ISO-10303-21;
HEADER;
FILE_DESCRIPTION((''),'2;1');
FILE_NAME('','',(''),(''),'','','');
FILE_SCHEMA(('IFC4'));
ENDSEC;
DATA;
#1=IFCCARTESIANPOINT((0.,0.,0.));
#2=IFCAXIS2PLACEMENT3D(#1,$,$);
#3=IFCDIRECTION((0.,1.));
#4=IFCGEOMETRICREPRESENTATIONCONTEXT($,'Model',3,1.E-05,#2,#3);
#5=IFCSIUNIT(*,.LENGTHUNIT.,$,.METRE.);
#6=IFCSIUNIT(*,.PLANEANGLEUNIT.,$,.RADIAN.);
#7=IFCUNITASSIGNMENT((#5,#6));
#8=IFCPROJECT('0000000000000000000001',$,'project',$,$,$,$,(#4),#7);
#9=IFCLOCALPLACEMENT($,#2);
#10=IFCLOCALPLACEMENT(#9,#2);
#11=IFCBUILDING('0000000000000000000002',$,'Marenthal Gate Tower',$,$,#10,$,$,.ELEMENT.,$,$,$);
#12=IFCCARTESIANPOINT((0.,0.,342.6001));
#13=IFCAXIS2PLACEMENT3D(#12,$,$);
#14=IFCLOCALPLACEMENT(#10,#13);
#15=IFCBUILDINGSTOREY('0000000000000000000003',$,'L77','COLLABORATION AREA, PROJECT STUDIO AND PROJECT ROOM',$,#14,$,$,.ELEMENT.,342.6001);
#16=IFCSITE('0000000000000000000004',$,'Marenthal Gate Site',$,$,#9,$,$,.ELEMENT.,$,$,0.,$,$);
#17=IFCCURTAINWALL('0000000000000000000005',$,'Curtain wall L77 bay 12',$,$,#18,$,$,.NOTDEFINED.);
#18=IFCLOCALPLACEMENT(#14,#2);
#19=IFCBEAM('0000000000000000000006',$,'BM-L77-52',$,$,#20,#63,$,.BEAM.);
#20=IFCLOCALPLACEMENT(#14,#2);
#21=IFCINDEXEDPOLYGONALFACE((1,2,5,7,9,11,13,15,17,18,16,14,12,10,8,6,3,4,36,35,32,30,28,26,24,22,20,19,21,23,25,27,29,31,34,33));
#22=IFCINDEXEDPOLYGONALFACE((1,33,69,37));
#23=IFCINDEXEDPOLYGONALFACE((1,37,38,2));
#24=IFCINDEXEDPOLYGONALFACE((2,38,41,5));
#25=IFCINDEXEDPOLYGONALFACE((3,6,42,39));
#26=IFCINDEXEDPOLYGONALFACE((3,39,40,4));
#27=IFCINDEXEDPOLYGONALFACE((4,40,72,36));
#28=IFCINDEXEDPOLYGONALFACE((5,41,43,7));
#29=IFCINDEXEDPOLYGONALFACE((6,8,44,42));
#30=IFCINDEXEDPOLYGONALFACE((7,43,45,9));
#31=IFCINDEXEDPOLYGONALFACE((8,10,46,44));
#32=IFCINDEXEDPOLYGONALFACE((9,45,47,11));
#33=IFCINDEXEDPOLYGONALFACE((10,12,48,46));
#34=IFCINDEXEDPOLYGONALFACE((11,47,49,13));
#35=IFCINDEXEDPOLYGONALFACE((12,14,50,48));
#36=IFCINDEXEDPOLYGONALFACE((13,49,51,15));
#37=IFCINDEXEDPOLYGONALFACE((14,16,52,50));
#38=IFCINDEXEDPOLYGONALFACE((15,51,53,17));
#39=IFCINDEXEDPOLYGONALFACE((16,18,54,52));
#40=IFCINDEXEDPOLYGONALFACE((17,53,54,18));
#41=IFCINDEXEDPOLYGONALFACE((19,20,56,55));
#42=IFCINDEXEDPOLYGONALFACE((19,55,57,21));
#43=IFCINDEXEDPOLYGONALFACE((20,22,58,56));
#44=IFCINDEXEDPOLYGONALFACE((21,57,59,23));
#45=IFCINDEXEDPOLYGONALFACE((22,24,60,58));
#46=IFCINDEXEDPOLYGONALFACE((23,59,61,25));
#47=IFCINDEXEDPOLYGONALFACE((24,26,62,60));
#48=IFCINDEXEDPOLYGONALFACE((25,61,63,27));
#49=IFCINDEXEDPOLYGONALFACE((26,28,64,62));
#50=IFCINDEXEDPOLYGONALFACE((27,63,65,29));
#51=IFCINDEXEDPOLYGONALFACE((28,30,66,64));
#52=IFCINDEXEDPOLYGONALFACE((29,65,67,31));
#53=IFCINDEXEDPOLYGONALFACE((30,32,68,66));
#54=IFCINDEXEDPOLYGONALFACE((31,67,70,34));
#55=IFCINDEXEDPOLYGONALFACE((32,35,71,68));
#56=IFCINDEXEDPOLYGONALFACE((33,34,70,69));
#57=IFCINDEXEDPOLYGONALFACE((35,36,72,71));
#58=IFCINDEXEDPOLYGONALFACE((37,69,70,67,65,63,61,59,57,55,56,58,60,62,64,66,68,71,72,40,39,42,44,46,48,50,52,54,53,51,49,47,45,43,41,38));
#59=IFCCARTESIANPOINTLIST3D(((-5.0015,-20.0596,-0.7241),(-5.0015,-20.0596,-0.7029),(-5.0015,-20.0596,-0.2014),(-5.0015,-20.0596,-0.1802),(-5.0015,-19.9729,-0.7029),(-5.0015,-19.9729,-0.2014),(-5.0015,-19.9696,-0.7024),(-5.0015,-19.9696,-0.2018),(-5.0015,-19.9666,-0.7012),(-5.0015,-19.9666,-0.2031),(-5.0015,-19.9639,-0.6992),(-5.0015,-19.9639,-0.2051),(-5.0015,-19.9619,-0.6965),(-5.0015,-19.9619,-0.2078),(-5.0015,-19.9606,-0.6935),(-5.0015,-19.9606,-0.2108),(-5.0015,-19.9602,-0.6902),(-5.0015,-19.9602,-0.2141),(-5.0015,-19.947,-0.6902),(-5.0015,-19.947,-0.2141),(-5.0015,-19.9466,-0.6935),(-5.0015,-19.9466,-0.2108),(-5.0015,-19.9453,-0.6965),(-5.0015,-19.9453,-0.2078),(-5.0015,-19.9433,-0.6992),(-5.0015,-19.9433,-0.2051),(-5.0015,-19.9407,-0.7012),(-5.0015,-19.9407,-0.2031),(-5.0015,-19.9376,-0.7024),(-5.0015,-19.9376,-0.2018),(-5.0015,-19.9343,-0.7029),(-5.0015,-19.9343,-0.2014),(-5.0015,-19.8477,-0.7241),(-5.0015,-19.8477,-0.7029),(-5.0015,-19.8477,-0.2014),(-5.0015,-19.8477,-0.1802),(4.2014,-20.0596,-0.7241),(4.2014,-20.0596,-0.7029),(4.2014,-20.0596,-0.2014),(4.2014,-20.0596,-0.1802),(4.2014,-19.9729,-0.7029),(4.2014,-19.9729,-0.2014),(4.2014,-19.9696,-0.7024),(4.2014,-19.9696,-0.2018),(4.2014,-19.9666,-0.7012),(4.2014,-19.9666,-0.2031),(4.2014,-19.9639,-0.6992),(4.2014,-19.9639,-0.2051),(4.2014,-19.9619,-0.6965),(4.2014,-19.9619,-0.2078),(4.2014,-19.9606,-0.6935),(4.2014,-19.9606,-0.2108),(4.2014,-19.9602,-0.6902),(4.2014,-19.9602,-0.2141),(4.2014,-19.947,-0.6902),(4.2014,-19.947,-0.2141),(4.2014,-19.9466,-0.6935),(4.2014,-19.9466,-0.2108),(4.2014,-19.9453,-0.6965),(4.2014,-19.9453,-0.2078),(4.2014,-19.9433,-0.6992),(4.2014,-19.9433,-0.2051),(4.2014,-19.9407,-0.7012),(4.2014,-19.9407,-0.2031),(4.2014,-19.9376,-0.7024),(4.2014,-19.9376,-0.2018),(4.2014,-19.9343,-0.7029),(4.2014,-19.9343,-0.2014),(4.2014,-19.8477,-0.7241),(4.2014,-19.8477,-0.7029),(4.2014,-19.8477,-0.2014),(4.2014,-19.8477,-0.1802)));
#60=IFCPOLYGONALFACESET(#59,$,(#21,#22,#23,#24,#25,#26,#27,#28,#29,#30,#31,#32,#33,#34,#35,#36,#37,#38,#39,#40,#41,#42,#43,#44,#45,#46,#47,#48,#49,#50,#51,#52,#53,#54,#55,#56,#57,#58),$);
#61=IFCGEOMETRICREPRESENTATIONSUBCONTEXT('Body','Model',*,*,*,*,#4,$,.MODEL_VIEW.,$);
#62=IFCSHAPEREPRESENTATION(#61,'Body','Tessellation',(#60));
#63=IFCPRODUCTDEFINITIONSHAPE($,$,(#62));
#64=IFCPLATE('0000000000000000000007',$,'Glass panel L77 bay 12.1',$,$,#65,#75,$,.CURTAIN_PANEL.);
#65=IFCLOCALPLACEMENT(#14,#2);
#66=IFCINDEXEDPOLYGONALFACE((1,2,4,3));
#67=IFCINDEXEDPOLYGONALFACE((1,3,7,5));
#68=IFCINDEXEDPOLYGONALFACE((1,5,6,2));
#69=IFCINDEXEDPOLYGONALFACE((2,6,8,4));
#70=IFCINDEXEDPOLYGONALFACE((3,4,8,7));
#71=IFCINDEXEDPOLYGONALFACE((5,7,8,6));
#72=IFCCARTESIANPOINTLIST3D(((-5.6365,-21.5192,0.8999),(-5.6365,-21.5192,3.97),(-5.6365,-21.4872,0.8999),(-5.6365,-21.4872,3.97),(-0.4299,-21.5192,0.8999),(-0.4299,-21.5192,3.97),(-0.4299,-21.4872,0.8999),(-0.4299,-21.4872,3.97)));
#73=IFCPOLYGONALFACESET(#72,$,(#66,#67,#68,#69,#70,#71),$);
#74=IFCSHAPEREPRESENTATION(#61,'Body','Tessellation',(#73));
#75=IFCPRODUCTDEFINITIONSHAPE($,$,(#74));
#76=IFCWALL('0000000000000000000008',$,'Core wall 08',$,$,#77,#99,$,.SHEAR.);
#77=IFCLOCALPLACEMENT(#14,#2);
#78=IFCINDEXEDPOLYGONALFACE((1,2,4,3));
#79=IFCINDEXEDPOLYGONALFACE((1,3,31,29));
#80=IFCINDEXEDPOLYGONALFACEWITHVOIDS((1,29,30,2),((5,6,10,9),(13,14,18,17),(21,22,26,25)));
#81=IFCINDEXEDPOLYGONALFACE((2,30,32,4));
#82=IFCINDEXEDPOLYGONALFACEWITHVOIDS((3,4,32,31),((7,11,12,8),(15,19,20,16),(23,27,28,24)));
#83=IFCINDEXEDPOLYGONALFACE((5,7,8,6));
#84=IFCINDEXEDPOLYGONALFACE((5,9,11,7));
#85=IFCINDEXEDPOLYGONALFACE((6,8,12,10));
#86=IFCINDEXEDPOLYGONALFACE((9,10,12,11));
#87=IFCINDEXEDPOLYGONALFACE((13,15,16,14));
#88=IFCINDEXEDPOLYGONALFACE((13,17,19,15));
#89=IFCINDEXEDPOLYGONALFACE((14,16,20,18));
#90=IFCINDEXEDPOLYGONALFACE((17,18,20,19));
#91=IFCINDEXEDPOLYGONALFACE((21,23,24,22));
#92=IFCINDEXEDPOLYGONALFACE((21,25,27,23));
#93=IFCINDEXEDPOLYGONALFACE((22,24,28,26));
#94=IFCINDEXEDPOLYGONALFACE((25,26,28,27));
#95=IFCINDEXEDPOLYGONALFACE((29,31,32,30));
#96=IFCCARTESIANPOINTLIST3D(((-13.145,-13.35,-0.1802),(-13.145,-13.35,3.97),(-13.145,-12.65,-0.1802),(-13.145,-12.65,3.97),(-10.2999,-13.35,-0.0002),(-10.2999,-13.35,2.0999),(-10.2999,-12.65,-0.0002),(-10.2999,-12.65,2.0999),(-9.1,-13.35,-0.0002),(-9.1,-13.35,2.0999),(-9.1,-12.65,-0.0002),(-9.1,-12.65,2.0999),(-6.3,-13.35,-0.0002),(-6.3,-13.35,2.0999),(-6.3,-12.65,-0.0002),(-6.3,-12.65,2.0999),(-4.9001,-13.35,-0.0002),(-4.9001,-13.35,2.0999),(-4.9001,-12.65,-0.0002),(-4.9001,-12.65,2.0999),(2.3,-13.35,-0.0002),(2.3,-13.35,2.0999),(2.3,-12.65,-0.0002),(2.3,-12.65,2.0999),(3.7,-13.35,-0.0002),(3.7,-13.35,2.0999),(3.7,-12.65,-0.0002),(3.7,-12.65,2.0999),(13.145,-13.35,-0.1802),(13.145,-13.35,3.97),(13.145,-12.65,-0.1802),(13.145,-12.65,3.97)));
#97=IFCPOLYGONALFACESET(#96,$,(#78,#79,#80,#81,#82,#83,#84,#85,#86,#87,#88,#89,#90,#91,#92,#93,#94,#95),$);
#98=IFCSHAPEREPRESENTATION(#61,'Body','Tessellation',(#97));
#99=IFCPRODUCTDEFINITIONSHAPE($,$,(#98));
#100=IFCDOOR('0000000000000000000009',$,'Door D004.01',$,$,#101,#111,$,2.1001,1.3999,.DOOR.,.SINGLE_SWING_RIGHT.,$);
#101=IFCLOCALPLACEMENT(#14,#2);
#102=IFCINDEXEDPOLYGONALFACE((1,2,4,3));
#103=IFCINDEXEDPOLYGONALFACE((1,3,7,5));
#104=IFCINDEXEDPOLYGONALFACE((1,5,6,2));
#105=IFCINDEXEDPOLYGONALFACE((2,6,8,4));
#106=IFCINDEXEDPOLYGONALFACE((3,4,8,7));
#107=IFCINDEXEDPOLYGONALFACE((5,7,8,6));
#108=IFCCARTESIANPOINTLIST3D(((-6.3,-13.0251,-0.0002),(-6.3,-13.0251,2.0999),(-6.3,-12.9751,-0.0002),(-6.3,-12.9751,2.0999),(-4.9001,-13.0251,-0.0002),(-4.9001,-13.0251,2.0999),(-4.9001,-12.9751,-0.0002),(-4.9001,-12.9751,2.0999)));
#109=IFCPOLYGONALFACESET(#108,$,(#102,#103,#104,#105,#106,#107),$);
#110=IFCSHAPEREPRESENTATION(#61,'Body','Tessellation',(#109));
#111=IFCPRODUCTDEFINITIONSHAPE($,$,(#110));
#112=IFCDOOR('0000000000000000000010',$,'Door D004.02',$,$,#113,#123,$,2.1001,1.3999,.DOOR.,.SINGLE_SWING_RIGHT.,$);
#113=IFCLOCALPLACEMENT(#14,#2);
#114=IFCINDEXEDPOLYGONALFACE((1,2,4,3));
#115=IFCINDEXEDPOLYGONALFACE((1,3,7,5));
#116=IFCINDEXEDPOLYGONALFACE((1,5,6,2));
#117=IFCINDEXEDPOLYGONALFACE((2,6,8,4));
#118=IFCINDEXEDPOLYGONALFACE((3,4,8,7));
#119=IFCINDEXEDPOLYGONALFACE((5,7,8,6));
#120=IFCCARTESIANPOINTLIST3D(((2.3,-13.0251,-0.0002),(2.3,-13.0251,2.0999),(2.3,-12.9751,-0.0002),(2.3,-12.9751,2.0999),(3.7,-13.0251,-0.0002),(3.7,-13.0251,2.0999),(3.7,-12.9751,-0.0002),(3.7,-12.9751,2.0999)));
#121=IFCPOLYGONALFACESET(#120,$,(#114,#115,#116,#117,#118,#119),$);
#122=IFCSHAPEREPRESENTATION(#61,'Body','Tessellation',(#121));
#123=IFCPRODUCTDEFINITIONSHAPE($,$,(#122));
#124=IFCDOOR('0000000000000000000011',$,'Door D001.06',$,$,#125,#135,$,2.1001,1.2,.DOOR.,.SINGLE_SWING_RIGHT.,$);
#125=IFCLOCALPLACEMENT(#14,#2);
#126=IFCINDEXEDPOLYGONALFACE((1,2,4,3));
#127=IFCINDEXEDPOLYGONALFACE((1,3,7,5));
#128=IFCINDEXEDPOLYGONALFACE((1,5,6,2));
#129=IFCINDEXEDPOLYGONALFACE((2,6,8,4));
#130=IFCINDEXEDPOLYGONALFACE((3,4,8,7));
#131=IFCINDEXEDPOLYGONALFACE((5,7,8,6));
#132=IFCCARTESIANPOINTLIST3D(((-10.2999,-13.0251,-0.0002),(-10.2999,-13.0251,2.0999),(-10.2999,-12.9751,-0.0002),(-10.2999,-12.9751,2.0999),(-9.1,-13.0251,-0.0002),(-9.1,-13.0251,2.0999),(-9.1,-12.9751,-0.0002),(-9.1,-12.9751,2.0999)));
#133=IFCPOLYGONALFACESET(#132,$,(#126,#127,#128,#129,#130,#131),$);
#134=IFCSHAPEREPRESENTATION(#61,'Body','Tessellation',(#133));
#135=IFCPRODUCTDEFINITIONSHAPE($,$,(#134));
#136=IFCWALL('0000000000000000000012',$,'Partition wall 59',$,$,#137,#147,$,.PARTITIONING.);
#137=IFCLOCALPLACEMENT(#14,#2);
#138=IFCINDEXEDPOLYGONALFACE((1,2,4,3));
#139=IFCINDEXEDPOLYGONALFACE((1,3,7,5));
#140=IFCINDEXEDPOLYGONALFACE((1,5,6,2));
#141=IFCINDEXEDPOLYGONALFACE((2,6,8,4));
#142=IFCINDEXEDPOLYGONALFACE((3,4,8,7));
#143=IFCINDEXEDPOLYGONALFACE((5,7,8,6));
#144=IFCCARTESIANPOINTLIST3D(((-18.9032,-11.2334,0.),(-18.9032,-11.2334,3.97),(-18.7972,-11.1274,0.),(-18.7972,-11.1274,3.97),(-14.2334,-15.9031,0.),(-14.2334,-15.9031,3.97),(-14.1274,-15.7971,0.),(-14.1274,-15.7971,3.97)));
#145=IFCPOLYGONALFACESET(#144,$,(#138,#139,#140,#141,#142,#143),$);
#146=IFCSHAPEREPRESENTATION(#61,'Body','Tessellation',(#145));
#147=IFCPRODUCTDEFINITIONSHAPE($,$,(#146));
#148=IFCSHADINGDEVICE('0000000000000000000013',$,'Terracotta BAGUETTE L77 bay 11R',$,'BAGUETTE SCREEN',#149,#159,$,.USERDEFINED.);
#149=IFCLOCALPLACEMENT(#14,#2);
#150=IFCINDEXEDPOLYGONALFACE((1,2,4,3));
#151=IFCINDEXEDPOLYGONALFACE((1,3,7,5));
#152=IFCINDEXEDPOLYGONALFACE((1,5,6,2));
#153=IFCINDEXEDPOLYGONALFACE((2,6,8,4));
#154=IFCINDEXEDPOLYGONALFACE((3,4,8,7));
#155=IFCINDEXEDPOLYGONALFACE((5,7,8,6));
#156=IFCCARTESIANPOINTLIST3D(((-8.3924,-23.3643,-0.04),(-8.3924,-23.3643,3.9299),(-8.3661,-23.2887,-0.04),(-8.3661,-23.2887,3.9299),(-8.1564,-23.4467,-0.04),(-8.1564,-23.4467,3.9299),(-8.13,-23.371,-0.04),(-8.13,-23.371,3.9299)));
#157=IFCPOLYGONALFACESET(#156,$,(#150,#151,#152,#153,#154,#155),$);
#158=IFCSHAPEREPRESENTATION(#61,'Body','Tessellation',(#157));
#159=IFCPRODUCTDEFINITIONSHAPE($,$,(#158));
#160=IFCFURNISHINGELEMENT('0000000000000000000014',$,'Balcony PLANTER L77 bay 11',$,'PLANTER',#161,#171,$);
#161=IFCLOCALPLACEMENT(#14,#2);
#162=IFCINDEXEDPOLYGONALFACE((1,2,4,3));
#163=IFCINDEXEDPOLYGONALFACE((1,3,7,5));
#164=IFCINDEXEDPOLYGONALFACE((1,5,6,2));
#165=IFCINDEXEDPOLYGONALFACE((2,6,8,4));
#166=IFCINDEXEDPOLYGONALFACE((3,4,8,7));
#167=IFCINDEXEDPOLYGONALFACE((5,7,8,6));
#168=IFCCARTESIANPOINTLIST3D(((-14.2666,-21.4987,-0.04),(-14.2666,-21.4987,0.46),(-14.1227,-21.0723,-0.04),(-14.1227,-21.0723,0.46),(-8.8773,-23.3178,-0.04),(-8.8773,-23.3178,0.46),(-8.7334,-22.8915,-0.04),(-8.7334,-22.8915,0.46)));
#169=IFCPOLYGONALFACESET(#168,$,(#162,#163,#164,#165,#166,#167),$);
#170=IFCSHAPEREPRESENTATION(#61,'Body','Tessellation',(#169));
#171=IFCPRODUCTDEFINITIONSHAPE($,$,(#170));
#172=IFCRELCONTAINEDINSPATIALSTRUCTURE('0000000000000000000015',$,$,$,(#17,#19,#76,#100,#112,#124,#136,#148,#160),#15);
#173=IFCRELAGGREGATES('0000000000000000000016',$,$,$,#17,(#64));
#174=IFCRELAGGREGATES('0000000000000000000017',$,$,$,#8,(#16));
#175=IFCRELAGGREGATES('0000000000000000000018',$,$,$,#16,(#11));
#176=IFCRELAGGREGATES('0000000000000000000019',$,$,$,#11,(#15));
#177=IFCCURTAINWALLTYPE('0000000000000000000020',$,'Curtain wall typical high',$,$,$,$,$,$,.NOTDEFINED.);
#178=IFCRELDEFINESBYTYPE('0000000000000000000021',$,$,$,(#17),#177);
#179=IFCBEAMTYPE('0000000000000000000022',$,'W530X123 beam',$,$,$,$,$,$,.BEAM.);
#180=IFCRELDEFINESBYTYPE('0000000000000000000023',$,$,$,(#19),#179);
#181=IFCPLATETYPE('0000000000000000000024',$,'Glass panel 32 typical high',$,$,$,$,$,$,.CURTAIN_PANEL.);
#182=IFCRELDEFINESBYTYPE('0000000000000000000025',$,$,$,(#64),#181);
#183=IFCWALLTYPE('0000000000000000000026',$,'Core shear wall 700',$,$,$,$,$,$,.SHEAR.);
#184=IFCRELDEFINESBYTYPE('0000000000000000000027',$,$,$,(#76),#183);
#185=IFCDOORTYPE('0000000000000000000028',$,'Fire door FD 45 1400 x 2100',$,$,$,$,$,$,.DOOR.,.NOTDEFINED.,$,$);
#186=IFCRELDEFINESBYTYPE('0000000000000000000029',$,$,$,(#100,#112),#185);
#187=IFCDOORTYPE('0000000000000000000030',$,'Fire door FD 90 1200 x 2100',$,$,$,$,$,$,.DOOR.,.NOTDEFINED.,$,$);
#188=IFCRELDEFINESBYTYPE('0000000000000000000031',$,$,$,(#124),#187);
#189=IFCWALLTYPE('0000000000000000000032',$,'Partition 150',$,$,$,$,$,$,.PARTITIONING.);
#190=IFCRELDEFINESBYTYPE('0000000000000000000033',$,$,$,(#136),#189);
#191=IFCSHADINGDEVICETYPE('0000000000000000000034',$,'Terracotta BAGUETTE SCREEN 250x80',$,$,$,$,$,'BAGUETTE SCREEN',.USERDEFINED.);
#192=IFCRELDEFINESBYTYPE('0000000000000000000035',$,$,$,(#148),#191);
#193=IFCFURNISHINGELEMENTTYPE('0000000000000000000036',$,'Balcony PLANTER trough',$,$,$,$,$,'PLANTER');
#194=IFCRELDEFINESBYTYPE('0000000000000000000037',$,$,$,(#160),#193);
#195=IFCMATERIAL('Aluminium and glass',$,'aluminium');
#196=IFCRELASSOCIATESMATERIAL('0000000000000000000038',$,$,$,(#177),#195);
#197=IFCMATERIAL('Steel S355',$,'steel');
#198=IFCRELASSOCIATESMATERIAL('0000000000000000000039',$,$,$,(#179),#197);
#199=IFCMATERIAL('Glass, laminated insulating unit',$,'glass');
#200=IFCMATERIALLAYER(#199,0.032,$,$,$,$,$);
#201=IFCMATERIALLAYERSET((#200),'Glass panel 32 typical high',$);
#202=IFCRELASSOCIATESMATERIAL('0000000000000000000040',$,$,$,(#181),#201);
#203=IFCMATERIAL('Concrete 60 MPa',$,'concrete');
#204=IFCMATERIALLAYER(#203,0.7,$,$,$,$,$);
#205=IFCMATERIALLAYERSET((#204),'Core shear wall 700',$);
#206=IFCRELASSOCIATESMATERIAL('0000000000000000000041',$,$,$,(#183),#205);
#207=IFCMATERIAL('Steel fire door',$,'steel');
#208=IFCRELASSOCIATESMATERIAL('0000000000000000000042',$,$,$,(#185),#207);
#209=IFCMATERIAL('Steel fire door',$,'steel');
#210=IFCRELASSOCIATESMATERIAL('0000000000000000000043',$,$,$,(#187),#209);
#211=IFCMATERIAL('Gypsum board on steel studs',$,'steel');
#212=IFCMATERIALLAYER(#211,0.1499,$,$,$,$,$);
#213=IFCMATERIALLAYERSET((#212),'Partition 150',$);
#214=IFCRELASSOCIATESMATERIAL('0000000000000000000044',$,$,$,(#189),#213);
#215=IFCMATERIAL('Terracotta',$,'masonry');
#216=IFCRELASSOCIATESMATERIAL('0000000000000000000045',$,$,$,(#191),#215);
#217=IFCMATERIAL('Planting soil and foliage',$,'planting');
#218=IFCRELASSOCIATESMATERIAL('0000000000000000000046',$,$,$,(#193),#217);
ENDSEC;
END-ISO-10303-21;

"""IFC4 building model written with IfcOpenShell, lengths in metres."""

from ifc_helpers import new_model, si_unit, direction, frame, frame_2d, origin, origin_2d, place, context, subcontext, project, spatial, rectangle, i_section, extrude, material, layer, layer_set, material_profile, profile_set, type_object, element, fill, aggregate, save


model = new_model("IFC4")

# Units and contexts
model_context = context("Model", 3, precision=1e-05, world=origin(), true_north=direction((0.0, 1.0)))
body_context = subcontext(model_context, "Body", "Model", "MODEL_VIEW")
ifc_project = project(units=[si_unit("LENGTHUNIT", "METRE"), si_unit("PLANEANGLEUNIT", "RADIAN")], contexts=[model_context])

# Site, building, storey
site_placement = place(None, origin())
site = spatial("IfcSite", under=ifc_project, at=site_placement, Name="Marenthal Gate Site", CompositionType="ELEMENT", RefElevation=0.0)
building_placement = place(site_placement, origin())
building = spatial("IfcBuilding", under=site, at=building_placement, Name="Marenthal Gate Tower", CompositionType="ELEMENT")
storey_placement = place(building_placement, frame((0.0, 0.0, 342.6001)))
storey = spatial("IfcBuildingStorey", under=building, at=storey_placement, Name="L77", Description="COLLABORATION AREA, PROJECT STUDIO AND PROJECT ROOM", CompositionType="ELEMENT", Elevation=342.6001)

# Curtain wall
ifc_material_1 = material(Name="Aluminium and glass", Category="aluminium")
curtain_wall_type = type_object("IfcCurtainWallType", Name="Curtain wall typical high", PredefinedType="NOTDEFINED", material=ifc_material_1)
curtain_wall_placement = place(storey_placement, origin())
curtain_wall = element("IfcCurtainWall", 1, at=curtain_wall_placement, inside=storey, type_object=curtain_wall_type, Name="Curtain wall L77 bay 12", PredefinedType="NOTDEFINED")

# Beam
ifc_material_2 = material(Name="Steel S355", Category="steel")
ifc_material_profile_1 = material_profile(ifc_material_2, i_section(OverallWidth=0.2119, OverallDepth=0.5439, WebThickness=0.0132, FlangeThickness=0.0212, FilletRadius=0.0127, at=origin_2d()), Name="W530X123")
ifc_profile_set_1 = profile_set([ifc_material_profile_1], Name="Steel S355")
beam_type_1 = type_object("IfcBeamType", Name="W530X123 beam", PredefinedType="BEAM", material=ifc_profile_set_1)
beam_1_placement = place(storey_placement, frame((-5.0015, -19.9536, -0.4521), z_axis=(1.0, 0.0, 0.0), x_axis=(0.0, 1.0, 0.0)))
element("IfcBeam", 2, at=beam_1_placement, inside=storey, type_object=beam_type_1, Name="BM-L77-52", PredefinedType="BEAM", context=body_context, shape_type="SweptSolid", body=[
    extrude(i_section(OverallWidth=0.2119, OverallDepth=0.5439, WebThickness=0.0132, FlangeThickness=0.0212, FilletRadius=0.0127, at=origin_2d()), origin(), (0.0, 0.0, 1.0), 9.2029),
])

# Plate
ifc_material_3 = material(Name="Glass, laminated insulating unit", Category="glass")
ifc_layer_1 = layer(ifc_material_3, 0.032)
ifc_layer_set_1 = layer_set([ifc_layer_1], Name="Glass panel 32 typical high")
plate_type = type_object("IfcPlateType", Name="Glass panel 32 typical high", PredefinedType="CURTAIN_PANEL", material=ifc_layer_set_1)
plate_placement = place(storey_placement, frame((-3.0332, -21.5032, 0.8999), z_axis=(0.0, 0.0, 1.0), x_axis=(1.0, 0.0, 0.0)))
plate = element("IfcPlate", 3, at=plate_placement, type_object=plate_type, Name="Glass panel L77 bay 12.1", PredefinedType="CURTAIN_PANEL", context=body_context, shape_type="SweptSolid", body=[
    extrude(rectangle(XDim=5.2065, YDim=0.032, at=origin_2d()), origin(), (0.0, 0.0, 1.0), 3.0701),
])
aggregate(curtain_wall, [plate])

# Wall, openings, doors
ifc_material_4 = material(Name="Concrete 60 MPa", Category="concrete")
ifc_layer_2 = layer(ifc_material_4, 0.7)
ifc_layer_set_2 = layer_set([ifc_layer_2], Name="Core shear wall 700")
wall_type_1 = type_object("IfcWallType", Name="Core shear wall 700", PredefinedType="SHEAR", material=ifc_layer_set_2)
wall_1_placement = place(storey_placement, frame((-13.145, -13.0, -0.1802), z_axis=(0.0, 0.0, 1.0), x_axis=(1.0, 0.0, 0.0)))
wall_1 = element("IfcWall", 4, at=wall_1_placement, inside=storey, type_object=wall_type_1, Name="Core wall 08", PredefinedType="SHEAR", context=body_context, shape_type="SweptSolid", body=[
    extrude(rectangle(XDim=26.29, YDim=0.7, at=frame_2d((13.145, 0.0))), origin(), (0.0, 0.0, 1.0), 4.1501),
])
opening_1_placement = place(wall_1_placement, frame((2.845, 0.0, 0.1799)))
opening_1 = element("IfcOpeningElement", 5, at=opening_1_placement, cuts=wall_1, PredefinedType="OPENING", context=body_context, shape_type="SweptSolid", body=[
    extrude(rectangle(XDim=1.2, YDim=2.1001, at=frame_2d((0.6001, 1.05))), frame((0.0, 0.3599, 0.0), z_axis=(0.0, -1.0, 0.0), x_axis=(1.0, 0.0, 0.0)), (0.0, 0.0, 1.0), 0.72),
])
opening_2_placement = place(wall_1_placement, frame((6.845, 0.0, 0.1799)))
opening_2 = element("IfcOpeningElement", 6, at=opening_2_placement, cuts=wall_1, PredefinedType="OPENING", context=body_context, shape_type="SweptSolid", body=[
    extrude(rectangle(XDim=1.3999, YDim=2.1001, at=frame_2d((0.7, 1.05))), frame((0.0, 0.3599, 0.0), z_axis=(0.0, -1.0, 0.0), x_axis=(1.0, 0.0, 0.0)), (0.0, 0.0, 1.0), 0.72),
])
opening_3_placement = place(wall_1_placement, frame((15.4451, 0.0, 0.1799)))
opening_3 = element("IfcOpeningElement", 7, at=opening_3_placement, cuts=wall_1, PredefinedType="OPENING", context=body_context, shape_type="SweptSolid", body=[
    extrude(rectangle(XDim=1.3999, YDim=2.1001, at=frame_2d((0.7, 1.05))), frame((0.0, 0.3599, 0.0), z_axis=(0.0, -1.0, 0.0), x_axis=(1.0, 0.0, 0.0)), (0.0, 0.0, 1.0), 0.72),
])
ifc_material_5 = material(Name="Steel fire door", Category="steel")
door_type_1 = type_object("IfcDoorType", Name="Fire door FD 45 1400 x 2100", OperationType="NOTDEFINED", PredefinedType="DOOR", material=ifc_material_5)
door_1_placement = place(opening_2_placement, origin())
door_1 = element("IfcDoor", 8, at=door_1_placement, inside=storey, type_object=door_type_1, Name="Door D004.01", OperationType="SINGLE_SWING_RIGHT", OverallHeight=2.1001, OverallWidth=1.3999, PredefinedType="DOOR", context=body_context, shape_type="SweptSolid", body=[
    extrude(rectangle(XDim=1.3999, YDim=2.1001, at=frame_2d((0.7, 1.05))), frame((0.0, 0.0249, 0.0), z_axis=(0.0, -1.0, 0.0), x_axis=(1.0, 0.0, 0.0)), (0.0, 0.0, 1.0), 0.05),
])
fill(opening_2, door_1)
door_2_placement = place(opening_3_placement, origin())
door_2 = element("IfcDoor", 9, at=door_2_placement, inside=storey, type_object=door_type_1, Name="Door D004.02", OperationType="SINGLE_SWING_RIGHT", OverallHeight=2.1001, OverallWidth=1.3999, PredefinedType="DOOR", context=body_context, shape_type="SweptSolid", body=[
    extrude(rectangle(XDim=1.3999, YDim=2.1001, at=frame_2d((0.7, 1.05))), frame((0.0, 0.0249, 0.0), z_axis=(0.0, -1.0, 0.0), x_axis=(1.0, 0.0, 0.0)), (0.0, 0.0, 1.0), 0.05),
])
fill(opening_3, door_2)
ifc_material_6 = material(Name="Steel fire door", Category="steel")
door_type_2 = type_object("IfcDoorType", Name="Fire door FD 90 1200 x 2100", OperationType="NOTDEFINED", PredefinedType="DOOR", material=ifc_material_6)
door_3_placement = place(opening_1_placement, origin())
door_3 = element("IfcDoor", 10, at=door_3_placement, inside=storey, type_object=door_type_2, Name="Door D001.06", OperationType="SINGLE_SWING_RIGHT", OverallHeight=2.1001, OverallWidth=1.2, PredefinedType="DOOR", context=body_context, shape_type="SweptSolid", body=[
    extrude(rectangle(XDim=1.2, YDim=2.1001, at=frame_2d((0.6001, 1.05))), frame((0.0, 0.0249, 0.0), z_axis=(0.0, -1.0, 0.0), x_axis=(1.0, 0.0, 0.0)), (0.0, 0.0, 1.0), 0.05),
])
fill(opening_1, door_3)

# Wall
ifc_material_7 = material(Name="Gypsum board on steel studs", Category="steel")
ifc_layer_3 = layer(ifc_material_7, 0.1499)
ifc_layer_set_3 = layer_set([ifc_layer_3], Name="Partition 150")
wall_type_2 = type_object("IfcWallType", Name="Partition 150", PredefinedType="PARTITIONING", material=ifc_layer_set_3)
wall_2_placement = place(storey_placement, frame((-14.1804, -15.8501, 0.0), z_axis=(0.0, 0.0, 1.0), x_axis=(-0.707107, 0.707107, 0.0)))
element("IfcWall", 11, at=wall_2_placement, inside=storey, type_object=wall_type_2, Name="Partition wall 59", PredefinedType="PARTITIONING", context=body_context, shape_type="SweptSolid", body=[
    extrude(rectangle(XDim=6.604, YDim=0.1499, at=frame_2d((3.302, 0.0))), origin(), (0.0, 0.0, 1.0), 3.97),
])

# Shading device
ifc_material_8 = material(Name="Terracotta", Category="masonry")
ifc_material_profile_2 = material_profile(ifc_material_8, rectangle(XDim=0.25, YDim=0.0801, at=origin_2d()), Name="Terracotta baguette 250x80")
ifc_profile_set_2 = profile_set([ifc_material_profile_2], Name="Terracotta")
shading_device_type = type_object("IfcShadingDeviceType", Name="Terracotta BAGUETTE SCREEN 250x80", ElementType="BAGUETTE SCREEN", PredefinedType="USERDEFINED", material=ifc_profile_set_2)
shading_device_placement = place(storey_placement, frame((-8.2612, -23.3677, -0.04), z_axis=(0.0, 0.0, 1.0), x_axis=(0.944186, -0.329413, 0.0)))
element("IfcShadingDevice", 12, at=shading_device_placement, inside=storey, type_object=shading_device_type, Name="Terracotta BAGUETTE L77 bay 11R", ObjectType="BAGUETTE SCREEN", PredefinedType="USERDEFINED", context=body_context, shape_type="SweptSolid", body=[
    extrude(rectangle(XDim=0.25, YDim=0.0801, at=origin_2d()), origin(), (0.0, 0.0, 1.0), 3.97),
])

# Furnishing element
ifc_material_9 = material(Name="Planting soil and foliage", Category="planting")
furnishing_element_type = type_object("IfcFurnishingElementType", Name="Balcony PLANTER trough", ElementType="PLANTER", material=ifc_material_9)
furnishing_placement = place(storey_placement, frame((-11.5, -22.1951, -0.04), z_axis=(0.0, 0.0, 1.0), x_axis=(0.947479, -0.319818, 0.0)))
element("IfcFurnishingElement", 13, at=furnishing_placement, inside=storey, type_object=furnishing_element_type, Name="Balcony PLANTER L77 bay 11", ObjectType="PLANTER", context=body_context, shape_type="SweptSolid", body=[
    extrude(rectangle(XDim=5.688, YDim=0.45, at=origin_2d()), origin(), (0.0, 0.0, 1.0), 0.5),
])

save(model, "model.ifc")
